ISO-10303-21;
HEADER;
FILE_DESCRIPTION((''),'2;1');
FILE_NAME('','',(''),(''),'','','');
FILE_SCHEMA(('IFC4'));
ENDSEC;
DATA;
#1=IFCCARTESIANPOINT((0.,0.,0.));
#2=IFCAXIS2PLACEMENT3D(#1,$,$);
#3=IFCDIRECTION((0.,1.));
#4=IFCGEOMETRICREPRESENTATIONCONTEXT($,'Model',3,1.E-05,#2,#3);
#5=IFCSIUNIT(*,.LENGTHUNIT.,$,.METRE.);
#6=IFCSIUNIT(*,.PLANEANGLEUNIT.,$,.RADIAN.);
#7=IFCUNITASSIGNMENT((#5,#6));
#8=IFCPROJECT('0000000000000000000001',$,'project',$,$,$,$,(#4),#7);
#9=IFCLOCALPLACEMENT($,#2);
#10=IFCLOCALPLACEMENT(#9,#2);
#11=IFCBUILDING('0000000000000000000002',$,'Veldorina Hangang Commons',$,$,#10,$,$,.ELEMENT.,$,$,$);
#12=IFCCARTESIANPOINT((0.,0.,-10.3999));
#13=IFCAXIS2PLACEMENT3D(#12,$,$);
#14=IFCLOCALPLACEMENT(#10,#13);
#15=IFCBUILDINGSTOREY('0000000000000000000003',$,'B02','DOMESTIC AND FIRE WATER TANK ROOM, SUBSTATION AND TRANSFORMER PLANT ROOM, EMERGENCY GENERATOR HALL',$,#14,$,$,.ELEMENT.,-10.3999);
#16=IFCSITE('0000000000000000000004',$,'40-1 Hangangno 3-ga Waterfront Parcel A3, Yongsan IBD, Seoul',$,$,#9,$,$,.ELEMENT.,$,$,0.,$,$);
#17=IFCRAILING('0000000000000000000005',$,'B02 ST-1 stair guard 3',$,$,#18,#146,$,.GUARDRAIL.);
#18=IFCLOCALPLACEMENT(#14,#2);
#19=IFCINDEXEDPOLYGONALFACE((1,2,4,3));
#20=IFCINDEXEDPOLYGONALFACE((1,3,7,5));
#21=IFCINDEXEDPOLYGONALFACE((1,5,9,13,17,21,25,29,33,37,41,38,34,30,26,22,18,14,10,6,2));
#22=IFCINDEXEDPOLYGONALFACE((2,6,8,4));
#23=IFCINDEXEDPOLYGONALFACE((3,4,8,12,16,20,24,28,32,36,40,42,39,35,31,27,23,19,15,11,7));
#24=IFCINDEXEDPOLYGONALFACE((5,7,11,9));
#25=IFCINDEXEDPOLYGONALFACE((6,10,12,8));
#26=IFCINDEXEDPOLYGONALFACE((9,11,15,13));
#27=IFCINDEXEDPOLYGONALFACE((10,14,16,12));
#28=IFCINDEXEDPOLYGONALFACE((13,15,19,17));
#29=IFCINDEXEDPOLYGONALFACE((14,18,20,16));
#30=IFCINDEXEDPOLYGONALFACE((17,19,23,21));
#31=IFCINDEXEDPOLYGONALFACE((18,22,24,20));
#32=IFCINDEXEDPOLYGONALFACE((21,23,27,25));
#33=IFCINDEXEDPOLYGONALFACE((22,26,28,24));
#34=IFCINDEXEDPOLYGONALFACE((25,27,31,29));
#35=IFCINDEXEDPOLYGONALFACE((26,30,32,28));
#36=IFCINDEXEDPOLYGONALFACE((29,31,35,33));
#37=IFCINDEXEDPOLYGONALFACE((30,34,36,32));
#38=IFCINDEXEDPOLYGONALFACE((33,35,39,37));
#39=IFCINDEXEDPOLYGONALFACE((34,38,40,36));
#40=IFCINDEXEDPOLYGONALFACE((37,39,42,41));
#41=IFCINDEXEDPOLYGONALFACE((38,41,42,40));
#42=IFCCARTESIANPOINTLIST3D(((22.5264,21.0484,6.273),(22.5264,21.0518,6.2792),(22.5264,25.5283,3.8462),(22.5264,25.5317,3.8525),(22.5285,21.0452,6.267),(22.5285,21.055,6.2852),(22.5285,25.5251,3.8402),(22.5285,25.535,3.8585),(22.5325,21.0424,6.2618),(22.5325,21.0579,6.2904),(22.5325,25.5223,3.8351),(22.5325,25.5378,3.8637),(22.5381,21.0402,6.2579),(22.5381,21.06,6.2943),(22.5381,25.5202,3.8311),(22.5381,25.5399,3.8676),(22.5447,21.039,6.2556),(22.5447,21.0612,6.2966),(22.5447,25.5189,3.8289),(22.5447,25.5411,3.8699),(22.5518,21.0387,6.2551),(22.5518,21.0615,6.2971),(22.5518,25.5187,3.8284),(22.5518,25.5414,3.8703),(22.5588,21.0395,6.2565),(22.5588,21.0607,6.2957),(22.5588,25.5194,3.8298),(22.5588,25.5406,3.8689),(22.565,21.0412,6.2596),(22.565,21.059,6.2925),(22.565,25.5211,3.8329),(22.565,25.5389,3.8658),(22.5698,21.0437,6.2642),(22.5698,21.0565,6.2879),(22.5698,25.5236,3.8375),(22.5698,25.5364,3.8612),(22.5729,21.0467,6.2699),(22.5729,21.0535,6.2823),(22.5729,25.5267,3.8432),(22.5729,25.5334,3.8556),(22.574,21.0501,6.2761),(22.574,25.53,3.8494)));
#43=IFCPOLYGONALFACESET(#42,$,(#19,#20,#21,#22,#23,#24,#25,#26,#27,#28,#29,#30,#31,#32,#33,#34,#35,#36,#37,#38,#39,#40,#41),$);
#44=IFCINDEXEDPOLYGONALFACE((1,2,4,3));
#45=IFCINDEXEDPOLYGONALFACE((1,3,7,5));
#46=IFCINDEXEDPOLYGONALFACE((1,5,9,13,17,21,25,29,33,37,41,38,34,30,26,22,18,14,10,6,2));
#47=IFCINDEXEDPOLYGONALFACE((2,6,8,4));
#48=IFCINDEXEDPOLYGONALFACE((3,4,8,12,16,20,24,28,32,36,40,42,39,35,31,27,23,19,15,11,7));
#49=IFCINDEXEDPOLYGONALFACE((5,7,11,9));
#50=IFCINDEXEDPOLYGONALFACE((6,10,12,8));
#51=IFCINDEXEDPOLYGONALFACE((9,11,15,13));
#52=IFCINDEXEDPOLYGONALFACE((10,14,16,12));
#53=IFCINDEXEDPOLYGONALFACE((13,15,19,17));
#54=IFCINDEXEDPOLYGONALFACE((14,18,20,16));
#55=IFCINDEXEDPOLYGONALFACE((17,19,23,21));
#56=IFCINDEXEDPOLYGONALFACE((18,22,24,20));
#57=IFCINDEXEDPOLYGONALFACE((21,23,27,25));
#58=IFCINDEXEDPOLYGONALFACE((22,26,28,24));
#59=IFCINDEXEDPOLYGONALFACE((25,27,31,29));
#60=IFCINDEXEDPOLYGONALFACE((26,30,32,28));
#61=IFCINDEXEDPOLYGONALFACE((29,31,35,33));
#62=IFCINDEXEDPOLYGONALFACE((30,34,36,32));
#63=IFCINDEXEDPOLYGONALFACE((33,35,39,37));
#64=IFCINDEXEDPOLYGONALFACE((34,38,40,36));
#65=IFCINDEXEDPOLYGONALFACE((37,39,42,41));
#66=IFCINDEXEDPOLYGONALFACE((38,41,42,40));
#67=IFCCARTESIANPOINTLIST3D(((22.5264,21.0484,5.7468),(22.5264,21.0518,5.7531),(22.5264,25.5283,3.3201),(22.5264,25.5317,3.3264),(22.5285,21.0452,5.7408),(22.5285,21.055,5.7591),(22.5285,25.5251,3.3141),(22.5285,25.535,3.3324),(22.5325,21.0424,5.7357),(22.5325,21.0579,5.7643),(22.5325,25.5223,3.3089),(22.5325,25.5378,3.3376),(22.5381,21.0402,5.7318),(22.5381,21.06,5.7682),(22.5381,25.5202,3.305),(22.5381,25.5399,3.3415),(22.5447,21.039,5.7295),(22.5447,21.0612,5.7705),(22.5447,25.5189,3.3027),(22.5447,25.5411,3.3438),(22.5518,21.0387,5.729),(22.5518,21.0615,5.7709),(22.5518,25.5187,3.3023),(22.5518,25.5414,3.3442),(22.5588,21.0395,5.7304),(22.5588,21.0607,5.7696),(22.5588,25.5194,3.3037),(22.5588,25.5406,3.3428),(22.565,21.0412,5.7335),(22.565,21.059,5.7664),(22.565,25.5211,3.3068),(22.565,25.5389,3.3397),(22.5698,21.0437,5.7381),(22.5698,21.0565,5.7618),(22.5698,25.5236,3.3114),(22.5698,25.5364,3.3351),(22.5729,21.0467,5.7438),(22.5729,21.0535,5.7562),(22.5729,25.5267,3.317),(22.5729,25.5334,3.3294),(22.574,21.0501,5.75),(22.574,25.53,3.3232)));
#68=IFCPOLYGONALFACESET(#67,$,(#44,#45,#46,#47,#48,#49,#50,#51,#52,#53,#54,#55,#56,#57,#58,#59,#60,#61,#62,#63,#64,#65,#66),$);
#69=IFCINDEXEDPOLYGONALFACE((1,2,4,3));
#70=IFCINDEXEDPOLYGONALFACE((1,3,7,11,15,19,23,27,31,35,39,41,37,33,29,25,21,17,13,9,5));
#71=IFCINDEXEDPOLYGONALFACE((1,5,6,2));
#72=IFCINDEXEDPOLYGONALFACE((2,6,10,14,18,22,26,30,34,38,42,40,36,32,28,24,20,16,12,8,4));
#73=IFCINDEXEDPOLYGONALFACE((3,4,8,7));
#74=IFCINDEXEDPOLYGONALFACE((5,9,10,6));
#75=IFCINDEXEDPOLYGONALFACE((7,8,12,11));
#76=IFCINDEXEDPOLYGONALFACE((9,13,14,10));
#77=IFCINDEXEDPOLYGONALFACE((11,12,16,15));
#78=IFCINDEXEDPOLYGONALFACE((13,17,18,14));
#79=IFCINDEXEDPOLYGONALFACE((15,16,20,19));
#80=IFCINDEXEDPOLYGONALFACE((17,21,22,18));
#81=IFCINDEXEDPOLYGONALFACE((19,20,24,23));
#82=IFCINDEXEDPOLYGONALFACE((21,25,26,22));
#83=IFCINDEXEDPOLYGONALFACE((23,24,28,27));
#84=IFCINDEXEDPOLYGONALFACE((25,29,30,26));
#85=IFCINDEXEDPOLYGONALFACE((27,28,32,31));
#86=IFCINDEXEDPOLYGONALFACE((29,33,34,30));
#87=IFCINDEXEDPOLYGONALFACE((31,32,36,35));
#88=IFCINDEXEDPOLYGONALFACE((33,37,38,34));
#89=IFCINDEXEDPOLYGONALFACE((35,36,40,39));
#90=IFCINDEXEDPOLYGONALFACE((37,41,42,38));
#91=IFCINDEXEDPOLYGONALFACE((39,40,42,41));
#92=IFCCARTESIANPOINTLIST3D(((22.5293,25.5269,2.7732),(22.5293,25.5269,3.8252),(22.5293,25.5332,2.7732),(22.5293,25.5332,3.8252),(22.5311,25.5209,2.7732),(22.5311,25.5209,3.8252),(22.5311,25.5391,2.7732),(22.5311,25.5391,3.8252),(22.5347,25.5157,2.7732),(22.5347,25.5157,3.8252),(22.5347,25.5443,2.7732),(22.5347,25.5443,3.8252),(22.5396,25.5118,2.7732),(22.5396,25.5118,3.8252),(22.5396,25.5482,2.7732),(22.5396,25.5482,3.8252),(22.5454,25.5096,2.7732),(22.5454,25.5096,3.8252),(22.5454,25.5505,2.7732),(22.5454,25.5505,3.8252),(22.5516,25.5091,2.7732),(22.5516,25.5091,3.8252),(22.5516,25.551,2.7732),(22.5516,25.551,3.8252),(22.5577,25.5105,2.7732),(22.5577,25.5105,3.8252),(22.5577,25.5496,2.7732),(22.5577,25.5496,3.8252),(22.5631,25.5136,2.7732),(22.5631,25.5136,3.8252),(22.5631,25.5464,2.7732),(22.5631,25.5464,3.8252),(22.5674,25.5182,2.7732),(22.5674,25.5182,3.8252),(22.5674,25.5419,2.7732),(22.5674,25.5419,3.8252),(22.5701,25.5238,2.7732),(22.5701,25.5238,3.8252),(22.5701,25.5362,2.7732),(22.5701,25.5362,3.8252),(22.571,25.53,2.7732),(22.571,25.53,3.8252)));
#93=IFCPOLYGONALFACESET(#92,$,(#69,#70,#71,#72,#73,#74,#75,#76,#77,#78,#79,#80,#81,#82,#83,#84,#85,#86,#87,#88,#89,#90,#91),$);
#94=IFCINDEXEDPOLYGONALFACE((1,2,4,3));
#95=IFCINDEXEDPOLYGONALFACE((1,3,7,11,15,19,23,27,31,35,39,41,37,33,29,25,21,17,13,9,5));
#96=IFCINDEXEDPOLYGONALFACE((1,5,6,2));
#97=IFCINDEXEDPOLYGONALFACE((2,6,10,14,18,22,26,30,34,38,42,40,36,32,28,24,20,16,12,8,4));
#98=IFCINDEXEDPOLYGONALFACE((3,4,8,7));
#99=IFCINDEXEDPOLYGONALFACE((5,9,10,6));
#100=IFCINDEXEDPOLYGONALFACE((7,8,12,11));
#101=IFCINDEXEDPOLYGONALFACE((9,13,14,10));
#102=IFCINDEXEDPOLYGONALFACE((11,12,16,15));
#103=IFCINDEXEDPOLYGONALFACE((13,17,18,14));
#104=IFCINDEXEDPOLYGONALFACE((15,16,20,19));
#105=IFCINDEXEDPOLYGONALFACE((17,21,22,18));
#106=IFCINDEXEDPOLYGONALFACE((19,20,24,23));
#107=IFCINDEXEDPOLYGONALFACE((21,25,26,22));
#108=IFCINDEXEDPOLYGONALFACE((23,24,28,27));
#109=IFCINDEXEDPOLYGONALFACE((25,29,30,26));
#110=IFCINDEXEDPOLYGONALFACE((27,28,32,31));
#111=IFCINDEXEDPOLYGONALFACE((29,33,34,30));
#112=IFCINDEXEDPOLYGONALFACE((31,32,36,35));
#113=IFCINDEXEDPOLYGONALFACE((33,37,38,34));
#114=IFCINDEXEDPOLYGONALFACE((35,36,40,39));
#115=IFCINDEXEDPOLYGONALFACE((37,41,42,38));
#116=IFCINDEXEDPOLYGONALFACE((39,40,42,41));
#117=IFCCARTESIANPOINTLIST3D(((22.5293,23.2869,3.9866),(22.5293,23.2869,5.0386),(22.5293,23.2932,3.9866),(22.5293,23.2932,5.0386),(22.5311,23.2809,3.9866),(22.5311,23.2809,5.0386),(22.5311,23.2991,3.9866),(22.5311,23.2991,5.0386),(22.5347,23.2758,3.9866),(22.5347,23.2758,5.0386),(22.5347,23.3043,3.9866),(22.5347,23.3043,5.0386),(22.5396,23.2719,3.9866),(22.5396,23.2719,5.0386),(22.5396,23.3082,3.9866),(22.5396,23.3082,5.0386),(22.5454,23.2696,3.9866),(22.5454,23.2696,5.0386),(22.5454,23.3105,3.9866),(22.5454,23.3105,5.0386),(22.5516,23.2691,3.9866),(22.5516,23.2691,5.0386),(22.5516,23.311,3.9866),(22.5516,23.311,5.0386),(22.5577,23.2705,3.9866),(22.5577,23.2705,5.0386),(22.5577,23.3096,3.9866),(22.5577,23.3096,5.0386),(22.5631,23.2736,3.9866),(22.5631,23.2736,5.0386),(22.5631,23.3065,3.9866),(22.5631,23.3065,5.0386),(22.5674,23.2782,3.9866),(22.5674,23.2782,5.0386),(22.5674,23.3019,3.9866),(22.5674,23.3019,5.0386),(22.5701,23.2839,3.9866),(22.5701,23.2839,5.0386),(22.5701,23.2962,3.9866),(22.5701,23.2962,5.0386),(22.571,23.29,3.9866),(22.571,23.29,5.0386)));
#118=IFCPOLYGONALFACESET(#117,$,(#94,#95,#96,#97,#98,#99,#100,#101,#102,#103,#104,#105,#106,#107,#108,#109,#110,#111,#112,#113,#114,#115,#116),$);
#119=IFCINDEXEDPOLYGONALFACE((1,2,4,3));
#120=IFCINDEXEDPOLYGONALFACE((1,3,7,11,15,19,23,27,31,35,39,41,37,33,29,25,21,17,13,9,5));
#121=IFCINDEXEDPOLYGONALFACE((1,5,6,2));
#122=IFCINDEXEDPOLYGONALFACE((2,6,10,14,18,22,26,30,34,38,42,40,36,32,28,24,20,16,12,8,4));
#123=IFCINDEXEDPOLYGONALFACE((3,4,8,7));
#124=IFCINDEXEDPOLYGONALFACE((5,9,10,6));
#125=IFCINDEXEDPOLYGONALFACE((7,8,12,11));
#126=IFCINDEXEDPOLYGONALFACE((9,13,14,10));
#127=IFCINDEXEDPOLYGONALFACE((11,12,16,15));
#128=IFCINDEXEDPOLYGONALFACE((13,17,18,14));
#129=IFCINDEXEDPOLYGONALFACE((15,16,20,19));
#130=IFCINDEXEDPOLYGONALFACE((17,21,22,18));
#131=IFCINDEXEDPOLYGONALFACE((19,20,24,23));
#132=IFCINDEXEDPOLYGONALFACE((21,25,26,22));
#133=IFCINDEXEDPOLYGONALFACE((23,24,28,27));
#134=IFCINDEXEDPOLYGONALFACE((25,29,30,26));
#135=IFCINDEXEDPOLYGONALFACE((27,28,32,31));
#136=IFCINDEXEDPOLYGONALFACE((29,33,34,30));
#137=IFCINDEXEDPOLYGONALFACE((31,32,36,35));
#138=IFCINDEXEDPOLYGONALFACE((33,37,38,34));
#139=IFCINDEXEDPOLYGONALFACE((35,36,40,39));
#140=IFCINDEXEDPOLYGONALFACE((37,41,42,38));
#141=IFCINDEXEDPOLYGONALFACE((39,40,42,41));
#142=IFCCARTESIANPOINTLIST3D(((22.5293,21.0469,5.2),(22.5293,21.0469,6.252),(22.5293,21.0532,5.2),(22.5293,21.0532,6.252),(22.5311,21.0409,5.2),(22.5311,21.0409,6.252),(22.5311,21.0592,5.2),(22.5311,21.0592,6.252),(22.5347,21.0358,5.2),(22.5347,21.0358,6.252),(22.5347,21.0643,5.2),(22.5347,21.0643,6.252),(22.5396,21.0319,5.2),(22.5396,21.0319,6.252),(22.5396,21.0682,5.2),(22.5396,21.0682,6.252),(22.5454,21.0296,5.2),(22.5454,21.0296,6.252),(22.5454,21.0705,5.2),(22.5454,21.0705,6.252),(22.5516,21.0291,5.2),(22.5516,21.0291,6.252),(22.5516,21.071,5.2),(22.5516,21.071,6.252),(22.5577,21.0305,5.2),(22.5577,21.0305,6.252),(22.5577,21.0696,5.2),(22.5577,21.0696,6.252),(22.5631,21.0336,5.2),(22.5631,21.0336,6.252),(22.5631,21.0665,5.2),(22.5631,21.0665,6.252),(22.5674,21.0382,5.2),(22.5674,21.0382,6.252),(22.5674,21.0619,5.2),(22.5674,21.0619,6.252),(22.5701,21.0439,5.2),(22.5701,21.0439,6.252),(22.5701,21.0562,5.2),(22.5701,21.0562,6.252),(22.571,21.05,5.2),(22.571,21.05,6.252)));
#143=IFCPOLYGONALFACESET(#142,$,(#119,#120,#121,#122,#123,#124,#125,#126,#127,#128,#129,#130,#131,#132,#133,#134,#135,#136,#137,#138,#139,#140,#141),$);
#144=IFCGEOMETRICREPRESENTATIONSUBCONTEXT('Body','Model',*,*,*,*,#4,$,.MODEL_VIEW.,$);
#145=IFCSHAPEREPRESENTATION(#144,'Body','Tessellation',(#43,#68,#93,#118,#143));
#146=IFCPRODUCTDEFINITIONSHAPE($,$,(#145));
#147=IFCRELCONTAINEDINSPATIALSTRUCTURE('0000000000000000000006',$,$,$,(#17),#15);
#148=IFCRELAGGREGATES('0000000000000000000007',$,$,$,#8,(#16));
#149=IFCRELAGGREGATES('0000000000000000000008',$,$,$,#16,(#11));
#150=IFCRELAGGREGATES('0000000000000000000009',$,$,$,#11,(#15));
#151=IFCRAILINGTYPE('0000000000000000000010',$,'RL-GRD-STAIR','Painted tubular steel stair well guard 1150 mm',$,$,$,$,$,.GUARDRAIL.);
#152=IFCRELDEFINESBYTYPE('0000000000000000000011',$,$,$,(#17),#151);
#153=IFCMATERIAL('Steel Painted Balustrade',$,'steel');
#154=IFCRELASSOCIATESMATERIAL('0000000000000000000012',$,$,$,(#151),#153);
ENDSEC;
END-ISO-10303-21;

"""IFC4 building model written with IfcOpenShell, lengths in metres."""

from ifc_helpers import new_model, si_unit, direction, frame, origin, origin_2d, place, context, subcontext, project, spatial, circle, extrude, material, type_object, element, save


model = new_model("IFC4")

# Units and contexts
model_context = context("Model", 3, precision=1e-05, world=origin(), true_north=direction((0.0, 1.0)))
body_context = subcontext(model_context, "Body", "Model", "MODEL_VIEW")
ifc_project = project(units=[si_unit("LENGTHUNIT", "METRE"), si_unit("PLANEANGLEUNIT", "RADIAN")], contexts=[model_context])

# Site, building, storey
site_placement = place(None, origin())
site = spatial("IfcSite", under=ifc_project, at=site_placement, Name="40-1 Hangangno 3-ga Waterfront Parcel A3, Yongsan IBD, Seoul", CompositionType="ELEMENT", RefElevation=0.0)
building_placement = place(site_placement, origin())
building = spatial("IfcBuilding", under=site, at=building_placement, Name="Veldorina Hangang Commons", CompositionType="ELEMENT")
storey_placement = place(building_placement, frame((0.0, 0.0, -10.3999)))
storey = spatial("IfcBuildingStorey", under=building, at=storey_placement, Name="B02", Description="DOMESTIC AND FIRE WATER TANK ROOM, SUBSTATION AND TRANSFORMER PLANT ROOM, EMERGENCY GENERATOR HALL", CompositionType="ELEMENT", Elevation=-10.3999)

# Railing
ifc_material_1 = material(Name="Steel Painted Balustrade", Category="steel")
railing_type_1 = type_object("IfcRailingType", Name="RL-GRD-STAIR", Description="Painted tubular steel stair well guard 1150 mm", PredefinedType="GUARDRAIL", material=ifc_material_1)
railing_1_placement = place(storey_placement, frame((22.55, 25.53, 2.7732)))
element("IfcRailing", 1, at=railing_1_placement, inside=storey, type_object=railing_type_1, Name="B02 ST-1 stair guard 3", PredefinedType="GUARDRAIL", context=body_context, shape_type="SweptSolid", body=[
    extrude(circle(Radius=0.0239, at=origin_2d()), frame((0.0, 0.0, 1.0762), z_axis=(0.0, -0.879284, 0.476299), x_axis=(1.0, 0.0, 0.0)), (0.0, 0.0, 1.0), 5.095),
    extrude(circle(Radius=0.0239, at=origin_2d()), frame((0.0, 0.0, 0.55), z_axis=(0.0, -0.879284, 0.476299), x_axis=(1.0, 0.0, 0.0)), (0.0, 0.0, 1.0), 5.095),
    extrude(circle(Radius=0.021, at=origin_2d()), origin(), (0.0, 0.0, 1.0), 1.052),
    extrude(circle(Radius=0.021, at=origin_2d()), frame((0.0, -2.24, 1.2134)), (0.0, 0.0, 1.0), 1.052),
    extrude(circle(Radius=0.021, at=origin_2d()), frame((0.0, -4.48, 2.4268)), (0.0, 0.0, 1.0), 1.052),
])

save(model, "model.ifc")
